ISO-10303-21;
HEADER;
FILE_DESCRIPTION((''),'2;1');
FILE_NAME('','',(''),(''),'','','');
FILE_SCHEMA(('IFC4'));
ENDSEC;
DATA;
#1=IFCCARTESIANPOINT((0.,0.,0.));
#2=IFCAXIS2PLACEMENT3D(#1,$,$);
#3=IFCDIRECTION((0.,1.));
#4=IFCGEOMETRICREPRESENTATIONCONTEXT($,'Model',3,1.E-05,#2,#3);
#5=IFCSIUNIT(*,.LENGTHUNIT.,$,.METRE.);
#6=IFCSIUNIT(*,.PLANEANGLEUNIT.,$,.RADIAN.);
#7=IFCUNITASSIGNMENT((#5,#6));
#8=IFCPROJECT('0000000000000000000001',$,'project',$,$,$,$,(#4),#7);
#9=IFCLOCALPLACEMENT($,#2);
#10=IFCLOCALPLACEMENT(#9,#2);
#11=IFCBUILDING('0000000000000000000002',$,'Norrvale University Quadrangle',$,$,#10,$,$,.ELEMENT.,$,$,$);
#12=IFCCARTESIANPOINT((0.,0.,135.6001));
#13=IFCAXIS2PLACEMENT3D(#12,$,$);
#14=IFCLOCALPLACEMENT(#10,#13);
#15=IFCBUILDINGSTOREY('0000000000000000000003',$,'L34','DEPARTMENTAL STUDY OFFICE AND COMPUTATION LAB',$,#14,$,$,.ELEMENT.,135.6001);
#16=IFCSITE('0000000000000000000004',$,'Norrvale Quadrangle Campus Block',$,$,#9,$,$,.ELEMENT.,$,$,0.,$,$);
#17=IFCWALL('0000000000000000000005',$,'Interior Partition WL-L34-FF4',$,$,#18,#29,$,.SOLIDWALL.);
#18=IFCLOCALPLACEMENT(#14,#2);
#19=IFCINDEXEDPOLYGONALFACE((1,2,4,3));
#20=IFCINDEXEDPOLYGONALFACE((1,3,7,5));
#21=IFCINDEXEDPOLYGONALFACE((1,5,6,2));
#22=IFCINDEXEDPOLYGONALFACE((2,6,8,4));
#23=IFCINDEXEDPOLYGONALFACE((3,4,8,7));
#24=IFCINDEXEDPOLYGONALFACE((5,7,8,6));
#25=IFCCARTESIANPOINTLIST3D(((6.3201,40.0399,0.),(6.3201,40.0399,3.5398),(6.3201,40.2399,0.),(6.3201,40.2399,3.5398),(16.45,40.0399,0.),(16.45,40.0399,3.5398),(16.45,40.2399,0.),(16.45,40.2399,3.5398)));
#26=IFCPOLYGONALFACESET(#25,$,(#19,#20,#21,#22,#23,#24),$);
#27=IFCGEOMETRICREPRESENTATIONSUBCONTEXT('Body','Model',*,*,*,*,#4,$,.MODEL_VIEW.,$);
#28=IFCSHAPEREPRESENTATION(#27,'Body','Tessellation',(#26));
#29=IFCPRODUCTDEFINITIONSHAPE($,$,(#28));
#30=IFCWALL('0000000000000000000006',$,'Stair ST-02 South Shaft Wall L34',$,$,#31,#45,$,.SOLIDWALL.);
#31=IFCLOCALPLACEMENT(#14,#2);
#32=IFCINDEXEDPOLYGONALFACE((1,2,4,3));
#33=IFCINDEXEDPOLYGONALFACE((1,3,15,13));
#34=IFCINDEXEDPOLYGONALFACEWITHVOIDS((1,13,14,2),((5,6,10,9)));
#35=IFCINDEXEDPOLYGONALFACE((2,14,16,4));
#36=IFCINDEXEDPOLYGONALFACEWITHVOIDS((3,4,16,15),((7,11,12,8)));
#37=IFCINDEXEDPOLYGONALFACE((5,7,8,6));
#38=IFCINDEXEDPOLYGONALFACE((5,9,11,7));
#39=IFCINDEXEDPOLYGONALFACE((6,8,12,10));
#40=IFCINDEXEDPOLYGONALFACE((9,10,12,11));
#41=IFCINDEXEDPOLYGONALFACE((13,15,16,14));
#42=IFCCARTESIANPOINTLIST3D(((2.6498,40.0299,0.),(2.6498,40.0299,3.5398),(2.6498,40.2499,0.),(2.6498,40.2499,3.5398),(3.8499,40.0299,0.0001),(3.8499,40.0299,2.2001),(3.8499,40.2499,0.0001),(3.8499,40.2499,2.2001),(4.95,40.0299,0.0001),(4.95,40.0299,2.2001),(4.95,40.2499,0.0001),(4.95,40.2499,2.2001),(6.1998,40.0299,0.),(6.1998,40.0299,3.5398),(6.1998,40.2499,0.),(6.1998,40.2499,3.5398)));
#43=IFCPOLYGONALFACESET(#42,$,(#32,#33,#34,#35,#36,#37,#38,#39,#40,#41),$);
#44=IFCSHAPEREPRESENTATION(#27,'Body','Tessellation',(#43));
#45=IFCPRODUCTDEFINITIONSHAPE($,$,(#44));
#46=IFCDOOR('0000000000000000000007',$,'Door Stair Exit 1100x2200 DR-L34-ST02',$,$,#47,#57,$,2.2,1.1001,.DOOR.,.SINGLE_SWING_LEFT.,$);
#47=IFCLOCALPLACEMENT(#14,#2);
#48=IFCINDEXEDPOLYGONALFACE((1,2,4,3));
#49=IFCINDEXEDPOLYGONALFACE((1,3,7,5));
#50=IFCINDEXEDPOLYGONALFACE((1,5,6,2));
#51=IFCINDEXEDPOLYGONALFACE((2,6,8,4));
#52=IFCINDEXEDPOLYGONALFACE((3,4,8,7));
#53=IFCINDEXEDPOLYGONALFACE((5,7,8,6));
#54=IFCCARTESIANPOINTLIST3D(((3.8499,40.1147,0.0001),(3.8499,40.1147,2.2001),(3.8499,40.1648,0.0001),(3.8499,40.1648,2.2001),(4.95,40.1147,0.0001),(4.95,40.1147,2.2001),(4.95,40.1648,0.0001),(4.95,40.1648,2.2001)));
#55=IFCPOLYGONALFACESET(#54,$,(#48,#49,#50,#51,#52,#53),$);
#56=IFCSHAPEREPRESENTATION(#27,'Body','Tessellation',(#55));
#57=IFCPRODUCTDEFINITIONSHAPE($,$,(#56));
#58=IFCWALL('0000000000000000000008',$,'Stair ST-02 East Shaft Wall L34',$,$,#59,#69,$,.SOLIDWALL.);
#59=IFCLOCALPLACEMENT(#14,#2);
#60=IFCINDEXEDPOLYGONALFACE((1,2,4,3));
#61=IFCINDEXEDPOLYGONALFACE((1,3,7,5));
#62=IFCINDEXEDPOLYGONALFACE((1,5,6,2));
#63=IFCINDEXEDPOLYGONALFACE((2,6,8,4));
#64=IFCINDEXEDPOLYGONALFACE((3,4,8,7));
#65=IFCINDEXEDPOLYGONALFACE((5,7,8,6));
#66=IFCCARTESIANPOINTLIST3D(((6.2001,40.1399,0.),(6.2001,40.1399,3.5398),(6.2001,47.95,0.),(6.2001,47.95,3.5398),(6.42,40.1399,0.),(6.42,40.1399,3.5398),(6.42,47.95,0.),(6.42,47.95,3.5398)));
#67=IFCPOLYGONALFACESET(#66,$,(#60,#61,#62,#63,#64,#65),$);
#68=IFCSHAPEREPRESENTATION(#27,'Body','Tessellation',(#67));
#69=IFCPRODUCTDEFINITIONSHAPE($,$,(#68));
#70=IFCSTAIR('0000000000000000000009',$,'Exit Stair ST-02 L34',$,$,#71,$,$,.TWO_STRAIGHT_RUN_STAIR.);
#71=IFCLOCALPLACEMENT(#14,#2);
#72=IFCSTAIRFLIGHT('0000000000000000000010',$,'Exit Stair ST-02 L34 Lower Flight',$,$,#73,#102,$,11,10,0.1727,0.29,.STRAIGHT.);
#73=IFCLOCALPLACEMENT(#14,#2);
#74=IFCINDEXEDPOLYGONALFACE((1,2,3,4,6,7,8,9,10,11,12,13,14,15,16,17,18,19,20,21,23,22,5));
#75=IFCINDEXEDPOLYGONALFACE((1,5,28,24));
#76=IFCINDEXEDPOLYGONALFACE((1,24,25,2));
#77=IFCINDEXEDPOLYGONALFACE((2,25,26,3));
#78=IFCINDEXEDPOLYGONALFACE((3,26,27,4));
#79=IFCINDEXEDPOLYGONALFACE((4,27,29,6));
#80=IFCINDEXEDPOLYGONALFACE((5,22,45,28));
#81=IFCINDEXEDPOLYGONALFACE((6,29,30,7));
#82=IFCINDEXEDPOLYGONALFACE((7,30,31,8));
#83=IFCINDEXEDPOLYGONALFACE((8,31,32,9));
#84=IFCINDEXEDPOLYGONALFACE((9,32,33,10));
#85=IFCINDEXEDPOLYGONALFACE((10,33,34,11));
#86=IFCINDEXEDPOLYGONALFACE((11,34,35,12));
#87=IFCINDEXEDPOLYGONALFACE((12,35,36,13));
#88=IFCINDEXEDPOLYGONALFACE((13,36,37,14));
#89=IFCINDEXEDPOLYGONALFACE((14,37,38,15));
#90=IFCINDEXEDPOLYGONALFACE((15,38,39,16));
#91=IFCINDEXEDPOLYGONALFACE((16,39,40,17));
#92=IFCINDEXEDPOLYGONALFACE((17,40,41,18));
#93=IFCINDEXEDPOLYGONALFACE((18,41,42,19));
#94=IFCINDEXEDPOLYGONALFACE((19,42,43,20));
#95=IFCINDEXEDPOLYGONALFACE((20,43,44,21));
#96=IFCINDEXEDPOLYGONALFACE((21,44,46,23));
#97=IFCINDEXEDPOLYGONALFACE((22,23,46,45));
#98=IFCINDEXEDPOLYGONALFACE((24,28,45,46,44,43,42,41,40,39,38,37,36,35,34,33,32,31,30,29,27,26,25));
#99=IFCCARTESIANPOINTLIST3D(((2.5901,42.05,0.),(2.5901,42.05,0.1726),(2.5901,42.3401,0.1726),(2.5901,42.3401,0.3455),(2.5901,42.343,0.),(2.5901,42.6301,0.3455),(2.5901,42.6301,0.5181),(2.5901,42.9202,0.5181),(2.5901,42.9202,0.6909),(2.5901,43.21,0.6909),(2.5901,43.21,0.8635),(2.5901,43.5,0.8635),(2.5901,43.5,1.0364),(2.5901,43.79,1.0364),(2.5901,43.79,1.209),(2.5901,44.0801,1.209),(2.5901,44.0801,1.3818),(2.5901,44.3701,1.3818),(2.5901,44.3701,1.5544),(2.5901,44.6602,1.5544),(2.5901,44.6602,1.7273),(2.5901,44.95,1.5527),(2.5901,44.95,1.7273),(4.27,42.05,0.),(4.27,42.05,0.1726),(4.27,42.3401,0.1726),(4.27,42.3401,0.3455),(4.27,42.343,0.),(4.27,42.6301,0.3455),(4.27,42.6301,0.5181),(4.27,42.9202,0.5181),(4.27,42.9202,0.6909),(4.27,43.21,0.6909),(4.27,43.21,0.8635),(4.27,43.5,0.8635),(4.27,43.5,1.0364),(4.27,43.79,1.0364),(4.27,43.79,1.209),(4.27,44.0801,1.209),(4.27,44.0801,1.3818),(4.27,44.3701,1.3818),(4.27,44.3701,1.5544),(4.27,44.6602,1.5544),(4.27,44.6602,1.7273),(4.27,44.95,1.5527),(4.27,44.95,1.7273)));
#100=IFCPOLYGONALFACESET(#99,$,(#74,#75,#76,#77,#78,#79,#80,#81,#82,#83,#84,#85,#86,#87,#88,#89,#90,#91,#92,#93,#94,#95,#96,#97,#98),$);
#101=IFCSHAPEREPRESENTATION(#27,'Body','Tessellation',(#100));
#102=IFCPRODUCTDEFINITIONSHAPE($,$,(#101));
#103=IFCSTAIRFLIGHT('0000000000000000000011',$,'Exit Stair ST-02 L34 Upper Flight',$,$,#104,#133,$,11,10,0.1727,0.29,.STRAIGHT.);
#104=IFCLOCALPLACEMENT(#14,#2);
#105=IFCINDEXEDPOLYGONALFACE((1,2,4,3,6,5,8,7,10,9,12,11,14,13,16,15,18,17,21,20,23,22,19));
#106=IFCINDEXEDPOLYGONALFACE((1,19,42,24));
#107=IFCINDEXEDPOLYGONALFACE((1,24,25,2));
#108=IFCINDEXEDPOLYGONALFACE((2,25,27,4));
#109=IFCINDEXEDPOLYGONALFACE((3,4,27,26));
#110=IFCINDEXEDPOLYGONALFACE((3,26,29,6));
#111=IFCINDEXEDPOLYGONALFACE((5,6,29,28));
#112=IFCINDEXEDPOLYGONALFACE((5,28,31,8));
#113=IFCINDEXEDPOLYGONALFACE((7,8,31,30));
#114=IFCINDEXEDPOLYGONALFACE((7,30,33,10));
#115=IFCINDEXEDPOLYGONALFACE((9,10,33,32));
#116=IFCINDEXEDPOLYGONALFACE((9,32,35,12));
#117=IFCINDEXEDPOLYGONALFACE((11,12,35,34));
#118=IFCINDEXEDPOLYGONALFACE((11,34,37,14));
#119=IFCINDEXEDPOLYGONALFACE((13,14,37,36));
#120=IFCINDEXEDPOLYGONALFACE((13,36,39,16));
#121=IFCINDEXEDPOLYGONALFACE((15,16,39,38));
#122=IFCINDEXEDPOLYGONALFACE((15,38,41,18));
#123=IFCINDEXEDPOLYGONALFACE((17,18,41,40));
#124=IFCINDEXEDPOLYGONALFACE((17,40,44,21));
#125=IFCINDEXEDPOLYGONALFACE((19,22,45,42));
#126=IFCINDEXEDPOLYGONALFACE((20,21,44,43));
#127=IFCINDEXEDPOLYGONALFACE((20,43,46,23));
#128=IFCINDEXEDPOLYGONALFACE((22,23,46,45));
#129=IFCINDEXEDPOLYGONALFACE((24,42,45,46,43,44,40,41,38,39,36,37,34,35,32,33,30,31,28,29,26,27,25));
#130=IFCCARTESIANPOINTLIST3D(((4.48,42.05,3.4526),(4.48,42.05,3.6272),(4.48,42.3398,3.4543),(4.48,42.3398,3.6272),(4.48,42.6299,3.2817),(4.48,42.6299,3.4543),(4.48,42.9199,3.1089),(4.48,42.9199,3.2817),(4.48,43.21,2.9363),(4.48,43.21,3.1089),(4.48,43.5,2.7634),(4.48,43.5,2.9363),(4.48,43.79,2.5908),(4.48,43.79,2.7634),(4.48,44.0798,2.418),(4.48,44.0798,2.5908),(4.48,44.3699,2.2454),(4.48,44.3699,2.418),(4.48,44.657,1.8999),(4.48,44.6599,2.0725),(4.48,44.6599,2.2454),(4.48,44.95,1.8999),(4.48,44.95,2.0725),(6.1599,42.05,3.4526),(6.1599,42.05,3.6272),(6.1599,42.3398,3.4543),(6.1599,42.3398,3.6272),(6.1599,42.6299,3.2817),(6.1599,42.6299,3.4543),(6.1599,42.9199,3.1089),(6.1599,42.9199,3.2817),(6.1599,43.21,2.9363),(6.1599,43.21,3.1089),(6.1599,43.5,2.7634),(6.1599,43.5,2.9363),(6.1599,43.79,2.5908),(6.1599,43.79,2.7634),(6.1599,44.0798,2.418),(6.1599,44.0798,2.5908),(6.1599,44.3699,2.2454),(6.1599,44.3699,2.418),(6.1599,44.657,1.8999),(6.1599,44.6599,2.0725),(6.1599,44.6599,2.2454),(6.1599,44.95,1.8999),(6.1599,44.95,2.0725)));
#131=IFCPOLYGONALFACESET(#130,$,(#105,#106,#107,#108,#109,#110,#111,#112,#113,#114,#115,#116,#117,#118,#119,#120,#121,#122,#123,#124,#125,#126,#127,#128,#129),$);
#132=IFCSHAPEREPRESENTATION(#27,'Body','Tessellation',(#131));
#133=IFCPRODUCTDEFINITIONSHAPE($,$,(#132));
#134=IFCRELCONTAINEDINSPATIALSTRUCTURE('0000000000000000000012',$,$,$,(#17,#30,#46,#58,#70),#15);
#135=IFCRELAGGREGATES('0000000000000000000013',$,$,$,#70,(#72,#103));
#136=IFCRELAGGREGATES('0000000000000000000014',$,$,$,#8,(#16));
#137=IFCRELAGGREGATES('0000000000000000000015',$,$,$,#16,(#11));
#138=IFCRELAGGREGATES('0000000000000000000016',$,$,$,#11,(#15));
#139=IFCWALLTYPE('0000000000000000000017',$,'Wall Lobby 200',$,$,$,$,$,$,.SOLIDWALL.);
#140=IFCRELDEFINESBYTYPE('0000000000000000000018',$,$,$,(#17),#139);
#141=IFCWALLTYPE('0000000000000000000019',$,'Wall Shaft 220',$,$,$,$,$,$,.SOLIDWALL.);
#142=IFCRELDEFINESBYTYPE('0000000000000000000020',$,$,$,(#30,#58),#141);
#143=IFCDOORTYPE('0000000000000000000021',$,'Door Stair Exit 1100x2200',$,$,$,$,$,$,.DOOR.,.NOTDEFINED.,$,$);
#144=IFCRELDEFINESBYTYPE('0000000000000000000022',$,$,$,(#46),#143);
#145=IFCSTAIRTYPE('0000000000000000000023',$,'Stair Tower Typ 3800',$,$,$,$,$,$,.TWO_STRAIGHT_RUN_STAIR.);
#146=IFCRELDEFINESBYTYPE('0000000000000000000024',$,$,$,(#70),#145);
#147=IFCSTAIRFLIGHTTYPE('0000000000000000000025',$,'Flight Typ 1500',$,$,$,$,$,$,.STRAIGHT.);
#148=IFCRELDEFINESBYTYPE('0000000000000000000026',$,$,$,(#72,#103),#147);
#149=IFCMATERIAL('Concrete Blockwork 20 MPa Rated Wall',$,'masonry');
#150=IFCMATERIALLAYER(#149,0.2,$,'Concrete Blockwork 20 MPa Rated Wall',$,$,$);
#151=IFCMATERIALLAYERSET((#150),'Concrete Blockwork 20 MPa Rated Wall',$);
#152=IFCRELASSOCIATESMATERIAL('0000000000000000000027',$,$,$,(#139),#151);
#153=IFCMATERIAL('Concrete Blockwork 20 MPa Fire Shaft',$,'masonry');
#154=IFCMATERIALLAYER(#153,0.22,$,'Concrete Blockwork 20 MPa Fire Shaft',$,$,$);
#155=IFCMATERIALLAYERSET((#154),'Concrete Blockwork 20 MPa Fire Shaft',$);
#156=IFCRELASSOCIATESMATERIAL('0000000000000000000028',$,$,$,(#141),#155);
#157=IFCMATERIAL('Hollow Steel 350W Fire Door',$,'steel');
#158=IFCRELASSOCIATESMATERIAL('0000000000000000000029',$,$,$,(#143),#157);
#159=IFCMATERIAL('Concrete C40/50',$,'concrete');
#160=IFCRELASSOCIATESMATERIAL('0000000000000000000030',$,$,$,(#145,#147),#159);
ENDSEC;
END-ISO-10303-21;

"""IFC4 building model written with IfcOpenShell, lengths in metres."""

from ifc_helpers import new_model, si_unit, direction, frame, frame_2d, origin, place, context, subcontext, project, spatial, polyline, rectangle, outline, extrude, material, layer, layer_set, type_object, element, fill, aggregate, save


model = new_model("IFC4")

# Units and contexts
model_context = context("Model", 3, precision=1e-05, world=origin(), true_north=direction((0.0, 1.0)))
body_context = subcontext(model_context, "Body", "Model", "MODEL_VIEW")
ifc_project = project(units=[si_unit("LENGTHUNIT", "METRE"), si_unit("PLANEANGLEUNIT", "RADIAN")], contexts=[model_context])

# Site, building, storey
site_placement = place(None, origin())
site = spatial("IfcSite", under=ifc_project, at=site_placement, Name="Norrvale Quadrangle Campus Block", CompositionType="ELEMENT", RefElevation=0.0)
building_placement = place(site_placement, origin())
building = spatial("IfcBuilding", under=site, at=building_placement, Name="Norrvale University Quadrangle", CompositionType="ELEMENT")
storey_placement = place(building_placement, frame((0.0, 0.0, 135.6001)))
storey = spatial("IfcBuildingStorey", under=building, at=storey_placement, Name="L34", Description="DEPARTMENTAL STUDY OFFICE AND COMPUTATION LAB", CompositionType="ELEMENT", Elevation=135.6001)

# Wall
ifc_material_1 = material(Name="Concrete Blockwork 20 MPa Rated Wall", Category="masonry")
ifc_layer_1 = layer(ifc_material_1, 0.2, Name="Concrete Blockwork 20 MPa Rated Wall")
ifc_layer_set_1 = layer_set([ifc_layer_1], Name="Concrete Blockwork 20 MPa Rated Wall")
wall_type_1 = type_object("IfcWallType", Name="Wall Lobby 200", PredefinedType="SOLIDWALL", material=ifc_layer_set_1)
wall_1_placement = place(storey_placement, frame((6.3201, 40.1399, 0.0), z_axis=(0.0, 0.0, 1.0), x_axis=(1.0, 0.0, 0.0)))
element("IfcWall", 1, at=wall_1_placement, inside=storey, type_object=wall_type_1, Name="Interior Partition WL-L34-FF4", PredefinedType="SOLIDWALL", context=body_context, shape_type="SweptSolid", body=[
    extrude(rectangle(XDim=10.1299, YDim=0.2, at=frame_2d((5.0649, 0.0))), origin(), (0.0, 0.0, 1.0), 3.5398),
])

# Wall, opening, door
ifc_material_2 = material(Name="Concrete Blockwork 20 MPa Fire Shaft", Category="masonry")
ifc_layer_2 = layer(ifc_material_2, 0.22, Name="Concrete Blockwork 20 MPa Fire Shaft")
ifc_layer_set_2 = layer_set([ifc_layer_2], Name="Concrete Blockwork 20 MPa Fire Shaft")
wall_type_2 = type_object("IfcWallType", Name="Wall Shaft 220", PredefinedType="SOLIDWALL", material=ifc_layer_set_2)
wall_2_placement = place(storey_placement, frame((2.6499, 40.1399, 0.0), z_axis=(0.0, 0.0, 1.0), x_axis=(1.0, 0.0, 0.0)))
wall_2 = element("IfcWall", 2, at=wall_2_placement, inside=storey, type_object=wall_type_2, Name="Stair ST-02 South Shaft Wall L34", PredefinedType="SOLIDWALL", context=body_context, shape_type="SweptSolid", body=[
    extrude(rectangle(XDim=3.55, YDim=0.22, at=frame_2d((1.7749, 0.0))), origin(), (0.0, 0.0, 1.0), 3.5398),
])
opening_placement = place(wall_2_placement, frame((1.2, 0.0, 0.0)))
opening = element("IfcOpeningElement", 3, at=opening_placement, cuts=wall_2, PredefinedType="OPENING", context=body_context, shape_type="SweptSolid", body=[
    extrude(rectangle(XDim=1.1001, YDim=2.2, at=frame_2d((0.55, 1.1001))), frame((0.0, 0.1221, 0.0), z_axis=(0.0, -1.0, 0.0), x_axis=(1.0, 0.0, 0.0)), (0.0, 0.0, 1.0), 0.2439),
])
ifc_material_3 = material(Name="Hollow Steel 350W Fire Door", Category="steel")
door_type = type_object("IfcDoorType", Name="Door Stair Exit 1100x2200", OperationType="NOTDEFINED", PredefinedType="DOOR", material=ifc_material_3)
door_placement = place(opening_placement, origin())
door = element("IfcDoor", 4, at=door_placement, inside=storey, type_object=door_type, Name="Door Stair Exit 1100x2200 DR-L34-ST02", OperationType="SINGLE_SWING_LEFT", OverallHeight=2.2, OverallWidth=1.1001, PredefinedType="DOOR", context=body_context, shape_type="SweptSolid", body=[
    extrude(rectangle(XDim=1.1001, YDim=2.2, at=frame_2d((0.55, 1.1001))), frame((0.0, 0.0249, 0.0), z_axis=(0.0, -1.0, 0.0), x_axis=(1.0, 0.0, 0.0)), (0.0, 0.0, 1.0), 0.05),
])
fill(opening, door)

# Wall
wall_3_placement = place(storey_placement, frame((6.3101, 40.1399, 0.0), z_axis=(0.0, 0.0, 1.0), x_axis=(0.0, 1.0, 0.0)))
element("IfcWall", 5, at=wall_3_placement, inside=storey, type_object=wall_type_2, Name="Stair ST-02 East Shaft Wall L34", PredefinedType="SOLIDWALL", context=body_context, shape_type="SweptSolid", body=[
    extrude(rectangle(XDim=7.8101, YDim=0.22, at=frame_2d((3.905, 0.0))), origin(), (0.0, 0.0, 1.0), 3.5398),
])

# Stair, stair flights
ifc_material_4 = material(Name="Concrete C40/50", Category="concrete")
stair_type = type_object("IfcStairType", Name="Stair Tower Typ 3800", PredefinedType="TWO_STRAIGHT_RUN_STAIR", material=ifc_material_4)
stair_placement = place(storey_placement, origin())
stair = element("IfcStair", 6, at=stair_placement, inside=storey, type_object=stair_type, Name="Exit Stair ST-02 L34", PredefinedType="TWO_STRAIGHT_RUN_STAIR")
stair_flight_type = type_object("IfcStairFlightType", Name="Flight Typ 1500", PredefinedType="STRAIGHT", material=ifc_material_4)
stair_flight_1_placement = place(storey_placement, frame((3.4299, 42.05, 0.0), z_axis=(0.0, 0.0, 1.0), x_axis=(0.0, 1.0, 0.0)))
stair_flight_1 = element("IfcStairFlight", 7, at=stair_flight_1_placement, type_object=stair_flight_type, Name="Exit Stair ST-02 L34 Lower Flight", NumberOfRisers=11, NumberOfTreads=10, PredefinedType="STRAIGHT", RiserHeight=0.1727, TreadLength=0.29, context=body_context, shape_type="SweptSolid", body=[
    extrude(outline(polyline([(0.0, 0.0), (0.0, 0.1726), (0.29, 0.1726), (0.29, 0.3455), (0.5801, 0.3455), (0.5801, 0.5181), (0.8701, 0.5181), (0.8701, 0.6909), (1.1599, 0.6909), (1.1599, 0.8635), (1.45, 0.8635), (1.45, 1.0364), (1.74, 1.0364), (1.74, 1.209), (2.03, 1.209), (2.03, 1.3818), (2.3201, 1.3818), (2.3201, 1.5544), (2.6101, 1.5544), (2.6101, 1.7273), (2.8999, 1.7273), (2.8999, 1.8999), (2.8999, 1.5527), (0.293, 0.0), (0.0, 0.0)])), frame((0.0, 0.8398, 0.0), z_axis=(0.0, -1.0, 0.0), x_axis=(1.0, 0.0, 0.0)), (0.0, 0.0, 1.0), 1.6799),
])
stair_flight_2_placement = place(storey_placement, frame((5.3201, 44.95, 1.8999), z_axis=(0.0, 0.0, 1.0), x_axis=(0.0, -1.0, 0.0)))
stair_flight_2 = element("IfcStairFlight", 8, at=stair_flight_2_placement, type_object=stair_flight_type, Name="Exit Stair ST-02 L34 Upper Flight", NumberOfRisers=11, NumberOfTreads=10, PredefinedType="STRAIGHT", RiserHeight=0.1727, TreadLength=0.29, context=body_context, shape_type="SweptSolid", body=[
    extrude(outline(polyline([(0.0, 0.0), (0.0, 0.1726), (0.29, 0.1726), (0.29, 0.3455), (0.5801, 0.3455), (0.5801, 0.5181), (0.8701, 0.5181), (0.8701, 0.6909), (1.1599, 0.6909), (1.1599, 0.8635), (1.45, 0.8635), (1.45, 1.0364), (1.74, 1.0364), (1.74, 1.209), (2.03, 1.209), (2.03, 1.3818), (2.3201, 1.3818), (2.3201, 1.5544), (2.6101, 1.5544), (2.6101, 1.7273), (2.8999, 1.7273), (2.8999, 1.8999), (2.8999, 1.5527), (0.293, 0.0), (0.0, 0.0)])), frame((0.0, 0.8398, 0.0), z_axis=(0.0, -1.0, 0.0), x_axis=(1.0, 0.0, 0.0)), (0.0, 0.0, 1.0), 1.6799),
])
aggregate(stair, [stair_flight_1, stair_flight_2])

save(model, "model.ifc")
